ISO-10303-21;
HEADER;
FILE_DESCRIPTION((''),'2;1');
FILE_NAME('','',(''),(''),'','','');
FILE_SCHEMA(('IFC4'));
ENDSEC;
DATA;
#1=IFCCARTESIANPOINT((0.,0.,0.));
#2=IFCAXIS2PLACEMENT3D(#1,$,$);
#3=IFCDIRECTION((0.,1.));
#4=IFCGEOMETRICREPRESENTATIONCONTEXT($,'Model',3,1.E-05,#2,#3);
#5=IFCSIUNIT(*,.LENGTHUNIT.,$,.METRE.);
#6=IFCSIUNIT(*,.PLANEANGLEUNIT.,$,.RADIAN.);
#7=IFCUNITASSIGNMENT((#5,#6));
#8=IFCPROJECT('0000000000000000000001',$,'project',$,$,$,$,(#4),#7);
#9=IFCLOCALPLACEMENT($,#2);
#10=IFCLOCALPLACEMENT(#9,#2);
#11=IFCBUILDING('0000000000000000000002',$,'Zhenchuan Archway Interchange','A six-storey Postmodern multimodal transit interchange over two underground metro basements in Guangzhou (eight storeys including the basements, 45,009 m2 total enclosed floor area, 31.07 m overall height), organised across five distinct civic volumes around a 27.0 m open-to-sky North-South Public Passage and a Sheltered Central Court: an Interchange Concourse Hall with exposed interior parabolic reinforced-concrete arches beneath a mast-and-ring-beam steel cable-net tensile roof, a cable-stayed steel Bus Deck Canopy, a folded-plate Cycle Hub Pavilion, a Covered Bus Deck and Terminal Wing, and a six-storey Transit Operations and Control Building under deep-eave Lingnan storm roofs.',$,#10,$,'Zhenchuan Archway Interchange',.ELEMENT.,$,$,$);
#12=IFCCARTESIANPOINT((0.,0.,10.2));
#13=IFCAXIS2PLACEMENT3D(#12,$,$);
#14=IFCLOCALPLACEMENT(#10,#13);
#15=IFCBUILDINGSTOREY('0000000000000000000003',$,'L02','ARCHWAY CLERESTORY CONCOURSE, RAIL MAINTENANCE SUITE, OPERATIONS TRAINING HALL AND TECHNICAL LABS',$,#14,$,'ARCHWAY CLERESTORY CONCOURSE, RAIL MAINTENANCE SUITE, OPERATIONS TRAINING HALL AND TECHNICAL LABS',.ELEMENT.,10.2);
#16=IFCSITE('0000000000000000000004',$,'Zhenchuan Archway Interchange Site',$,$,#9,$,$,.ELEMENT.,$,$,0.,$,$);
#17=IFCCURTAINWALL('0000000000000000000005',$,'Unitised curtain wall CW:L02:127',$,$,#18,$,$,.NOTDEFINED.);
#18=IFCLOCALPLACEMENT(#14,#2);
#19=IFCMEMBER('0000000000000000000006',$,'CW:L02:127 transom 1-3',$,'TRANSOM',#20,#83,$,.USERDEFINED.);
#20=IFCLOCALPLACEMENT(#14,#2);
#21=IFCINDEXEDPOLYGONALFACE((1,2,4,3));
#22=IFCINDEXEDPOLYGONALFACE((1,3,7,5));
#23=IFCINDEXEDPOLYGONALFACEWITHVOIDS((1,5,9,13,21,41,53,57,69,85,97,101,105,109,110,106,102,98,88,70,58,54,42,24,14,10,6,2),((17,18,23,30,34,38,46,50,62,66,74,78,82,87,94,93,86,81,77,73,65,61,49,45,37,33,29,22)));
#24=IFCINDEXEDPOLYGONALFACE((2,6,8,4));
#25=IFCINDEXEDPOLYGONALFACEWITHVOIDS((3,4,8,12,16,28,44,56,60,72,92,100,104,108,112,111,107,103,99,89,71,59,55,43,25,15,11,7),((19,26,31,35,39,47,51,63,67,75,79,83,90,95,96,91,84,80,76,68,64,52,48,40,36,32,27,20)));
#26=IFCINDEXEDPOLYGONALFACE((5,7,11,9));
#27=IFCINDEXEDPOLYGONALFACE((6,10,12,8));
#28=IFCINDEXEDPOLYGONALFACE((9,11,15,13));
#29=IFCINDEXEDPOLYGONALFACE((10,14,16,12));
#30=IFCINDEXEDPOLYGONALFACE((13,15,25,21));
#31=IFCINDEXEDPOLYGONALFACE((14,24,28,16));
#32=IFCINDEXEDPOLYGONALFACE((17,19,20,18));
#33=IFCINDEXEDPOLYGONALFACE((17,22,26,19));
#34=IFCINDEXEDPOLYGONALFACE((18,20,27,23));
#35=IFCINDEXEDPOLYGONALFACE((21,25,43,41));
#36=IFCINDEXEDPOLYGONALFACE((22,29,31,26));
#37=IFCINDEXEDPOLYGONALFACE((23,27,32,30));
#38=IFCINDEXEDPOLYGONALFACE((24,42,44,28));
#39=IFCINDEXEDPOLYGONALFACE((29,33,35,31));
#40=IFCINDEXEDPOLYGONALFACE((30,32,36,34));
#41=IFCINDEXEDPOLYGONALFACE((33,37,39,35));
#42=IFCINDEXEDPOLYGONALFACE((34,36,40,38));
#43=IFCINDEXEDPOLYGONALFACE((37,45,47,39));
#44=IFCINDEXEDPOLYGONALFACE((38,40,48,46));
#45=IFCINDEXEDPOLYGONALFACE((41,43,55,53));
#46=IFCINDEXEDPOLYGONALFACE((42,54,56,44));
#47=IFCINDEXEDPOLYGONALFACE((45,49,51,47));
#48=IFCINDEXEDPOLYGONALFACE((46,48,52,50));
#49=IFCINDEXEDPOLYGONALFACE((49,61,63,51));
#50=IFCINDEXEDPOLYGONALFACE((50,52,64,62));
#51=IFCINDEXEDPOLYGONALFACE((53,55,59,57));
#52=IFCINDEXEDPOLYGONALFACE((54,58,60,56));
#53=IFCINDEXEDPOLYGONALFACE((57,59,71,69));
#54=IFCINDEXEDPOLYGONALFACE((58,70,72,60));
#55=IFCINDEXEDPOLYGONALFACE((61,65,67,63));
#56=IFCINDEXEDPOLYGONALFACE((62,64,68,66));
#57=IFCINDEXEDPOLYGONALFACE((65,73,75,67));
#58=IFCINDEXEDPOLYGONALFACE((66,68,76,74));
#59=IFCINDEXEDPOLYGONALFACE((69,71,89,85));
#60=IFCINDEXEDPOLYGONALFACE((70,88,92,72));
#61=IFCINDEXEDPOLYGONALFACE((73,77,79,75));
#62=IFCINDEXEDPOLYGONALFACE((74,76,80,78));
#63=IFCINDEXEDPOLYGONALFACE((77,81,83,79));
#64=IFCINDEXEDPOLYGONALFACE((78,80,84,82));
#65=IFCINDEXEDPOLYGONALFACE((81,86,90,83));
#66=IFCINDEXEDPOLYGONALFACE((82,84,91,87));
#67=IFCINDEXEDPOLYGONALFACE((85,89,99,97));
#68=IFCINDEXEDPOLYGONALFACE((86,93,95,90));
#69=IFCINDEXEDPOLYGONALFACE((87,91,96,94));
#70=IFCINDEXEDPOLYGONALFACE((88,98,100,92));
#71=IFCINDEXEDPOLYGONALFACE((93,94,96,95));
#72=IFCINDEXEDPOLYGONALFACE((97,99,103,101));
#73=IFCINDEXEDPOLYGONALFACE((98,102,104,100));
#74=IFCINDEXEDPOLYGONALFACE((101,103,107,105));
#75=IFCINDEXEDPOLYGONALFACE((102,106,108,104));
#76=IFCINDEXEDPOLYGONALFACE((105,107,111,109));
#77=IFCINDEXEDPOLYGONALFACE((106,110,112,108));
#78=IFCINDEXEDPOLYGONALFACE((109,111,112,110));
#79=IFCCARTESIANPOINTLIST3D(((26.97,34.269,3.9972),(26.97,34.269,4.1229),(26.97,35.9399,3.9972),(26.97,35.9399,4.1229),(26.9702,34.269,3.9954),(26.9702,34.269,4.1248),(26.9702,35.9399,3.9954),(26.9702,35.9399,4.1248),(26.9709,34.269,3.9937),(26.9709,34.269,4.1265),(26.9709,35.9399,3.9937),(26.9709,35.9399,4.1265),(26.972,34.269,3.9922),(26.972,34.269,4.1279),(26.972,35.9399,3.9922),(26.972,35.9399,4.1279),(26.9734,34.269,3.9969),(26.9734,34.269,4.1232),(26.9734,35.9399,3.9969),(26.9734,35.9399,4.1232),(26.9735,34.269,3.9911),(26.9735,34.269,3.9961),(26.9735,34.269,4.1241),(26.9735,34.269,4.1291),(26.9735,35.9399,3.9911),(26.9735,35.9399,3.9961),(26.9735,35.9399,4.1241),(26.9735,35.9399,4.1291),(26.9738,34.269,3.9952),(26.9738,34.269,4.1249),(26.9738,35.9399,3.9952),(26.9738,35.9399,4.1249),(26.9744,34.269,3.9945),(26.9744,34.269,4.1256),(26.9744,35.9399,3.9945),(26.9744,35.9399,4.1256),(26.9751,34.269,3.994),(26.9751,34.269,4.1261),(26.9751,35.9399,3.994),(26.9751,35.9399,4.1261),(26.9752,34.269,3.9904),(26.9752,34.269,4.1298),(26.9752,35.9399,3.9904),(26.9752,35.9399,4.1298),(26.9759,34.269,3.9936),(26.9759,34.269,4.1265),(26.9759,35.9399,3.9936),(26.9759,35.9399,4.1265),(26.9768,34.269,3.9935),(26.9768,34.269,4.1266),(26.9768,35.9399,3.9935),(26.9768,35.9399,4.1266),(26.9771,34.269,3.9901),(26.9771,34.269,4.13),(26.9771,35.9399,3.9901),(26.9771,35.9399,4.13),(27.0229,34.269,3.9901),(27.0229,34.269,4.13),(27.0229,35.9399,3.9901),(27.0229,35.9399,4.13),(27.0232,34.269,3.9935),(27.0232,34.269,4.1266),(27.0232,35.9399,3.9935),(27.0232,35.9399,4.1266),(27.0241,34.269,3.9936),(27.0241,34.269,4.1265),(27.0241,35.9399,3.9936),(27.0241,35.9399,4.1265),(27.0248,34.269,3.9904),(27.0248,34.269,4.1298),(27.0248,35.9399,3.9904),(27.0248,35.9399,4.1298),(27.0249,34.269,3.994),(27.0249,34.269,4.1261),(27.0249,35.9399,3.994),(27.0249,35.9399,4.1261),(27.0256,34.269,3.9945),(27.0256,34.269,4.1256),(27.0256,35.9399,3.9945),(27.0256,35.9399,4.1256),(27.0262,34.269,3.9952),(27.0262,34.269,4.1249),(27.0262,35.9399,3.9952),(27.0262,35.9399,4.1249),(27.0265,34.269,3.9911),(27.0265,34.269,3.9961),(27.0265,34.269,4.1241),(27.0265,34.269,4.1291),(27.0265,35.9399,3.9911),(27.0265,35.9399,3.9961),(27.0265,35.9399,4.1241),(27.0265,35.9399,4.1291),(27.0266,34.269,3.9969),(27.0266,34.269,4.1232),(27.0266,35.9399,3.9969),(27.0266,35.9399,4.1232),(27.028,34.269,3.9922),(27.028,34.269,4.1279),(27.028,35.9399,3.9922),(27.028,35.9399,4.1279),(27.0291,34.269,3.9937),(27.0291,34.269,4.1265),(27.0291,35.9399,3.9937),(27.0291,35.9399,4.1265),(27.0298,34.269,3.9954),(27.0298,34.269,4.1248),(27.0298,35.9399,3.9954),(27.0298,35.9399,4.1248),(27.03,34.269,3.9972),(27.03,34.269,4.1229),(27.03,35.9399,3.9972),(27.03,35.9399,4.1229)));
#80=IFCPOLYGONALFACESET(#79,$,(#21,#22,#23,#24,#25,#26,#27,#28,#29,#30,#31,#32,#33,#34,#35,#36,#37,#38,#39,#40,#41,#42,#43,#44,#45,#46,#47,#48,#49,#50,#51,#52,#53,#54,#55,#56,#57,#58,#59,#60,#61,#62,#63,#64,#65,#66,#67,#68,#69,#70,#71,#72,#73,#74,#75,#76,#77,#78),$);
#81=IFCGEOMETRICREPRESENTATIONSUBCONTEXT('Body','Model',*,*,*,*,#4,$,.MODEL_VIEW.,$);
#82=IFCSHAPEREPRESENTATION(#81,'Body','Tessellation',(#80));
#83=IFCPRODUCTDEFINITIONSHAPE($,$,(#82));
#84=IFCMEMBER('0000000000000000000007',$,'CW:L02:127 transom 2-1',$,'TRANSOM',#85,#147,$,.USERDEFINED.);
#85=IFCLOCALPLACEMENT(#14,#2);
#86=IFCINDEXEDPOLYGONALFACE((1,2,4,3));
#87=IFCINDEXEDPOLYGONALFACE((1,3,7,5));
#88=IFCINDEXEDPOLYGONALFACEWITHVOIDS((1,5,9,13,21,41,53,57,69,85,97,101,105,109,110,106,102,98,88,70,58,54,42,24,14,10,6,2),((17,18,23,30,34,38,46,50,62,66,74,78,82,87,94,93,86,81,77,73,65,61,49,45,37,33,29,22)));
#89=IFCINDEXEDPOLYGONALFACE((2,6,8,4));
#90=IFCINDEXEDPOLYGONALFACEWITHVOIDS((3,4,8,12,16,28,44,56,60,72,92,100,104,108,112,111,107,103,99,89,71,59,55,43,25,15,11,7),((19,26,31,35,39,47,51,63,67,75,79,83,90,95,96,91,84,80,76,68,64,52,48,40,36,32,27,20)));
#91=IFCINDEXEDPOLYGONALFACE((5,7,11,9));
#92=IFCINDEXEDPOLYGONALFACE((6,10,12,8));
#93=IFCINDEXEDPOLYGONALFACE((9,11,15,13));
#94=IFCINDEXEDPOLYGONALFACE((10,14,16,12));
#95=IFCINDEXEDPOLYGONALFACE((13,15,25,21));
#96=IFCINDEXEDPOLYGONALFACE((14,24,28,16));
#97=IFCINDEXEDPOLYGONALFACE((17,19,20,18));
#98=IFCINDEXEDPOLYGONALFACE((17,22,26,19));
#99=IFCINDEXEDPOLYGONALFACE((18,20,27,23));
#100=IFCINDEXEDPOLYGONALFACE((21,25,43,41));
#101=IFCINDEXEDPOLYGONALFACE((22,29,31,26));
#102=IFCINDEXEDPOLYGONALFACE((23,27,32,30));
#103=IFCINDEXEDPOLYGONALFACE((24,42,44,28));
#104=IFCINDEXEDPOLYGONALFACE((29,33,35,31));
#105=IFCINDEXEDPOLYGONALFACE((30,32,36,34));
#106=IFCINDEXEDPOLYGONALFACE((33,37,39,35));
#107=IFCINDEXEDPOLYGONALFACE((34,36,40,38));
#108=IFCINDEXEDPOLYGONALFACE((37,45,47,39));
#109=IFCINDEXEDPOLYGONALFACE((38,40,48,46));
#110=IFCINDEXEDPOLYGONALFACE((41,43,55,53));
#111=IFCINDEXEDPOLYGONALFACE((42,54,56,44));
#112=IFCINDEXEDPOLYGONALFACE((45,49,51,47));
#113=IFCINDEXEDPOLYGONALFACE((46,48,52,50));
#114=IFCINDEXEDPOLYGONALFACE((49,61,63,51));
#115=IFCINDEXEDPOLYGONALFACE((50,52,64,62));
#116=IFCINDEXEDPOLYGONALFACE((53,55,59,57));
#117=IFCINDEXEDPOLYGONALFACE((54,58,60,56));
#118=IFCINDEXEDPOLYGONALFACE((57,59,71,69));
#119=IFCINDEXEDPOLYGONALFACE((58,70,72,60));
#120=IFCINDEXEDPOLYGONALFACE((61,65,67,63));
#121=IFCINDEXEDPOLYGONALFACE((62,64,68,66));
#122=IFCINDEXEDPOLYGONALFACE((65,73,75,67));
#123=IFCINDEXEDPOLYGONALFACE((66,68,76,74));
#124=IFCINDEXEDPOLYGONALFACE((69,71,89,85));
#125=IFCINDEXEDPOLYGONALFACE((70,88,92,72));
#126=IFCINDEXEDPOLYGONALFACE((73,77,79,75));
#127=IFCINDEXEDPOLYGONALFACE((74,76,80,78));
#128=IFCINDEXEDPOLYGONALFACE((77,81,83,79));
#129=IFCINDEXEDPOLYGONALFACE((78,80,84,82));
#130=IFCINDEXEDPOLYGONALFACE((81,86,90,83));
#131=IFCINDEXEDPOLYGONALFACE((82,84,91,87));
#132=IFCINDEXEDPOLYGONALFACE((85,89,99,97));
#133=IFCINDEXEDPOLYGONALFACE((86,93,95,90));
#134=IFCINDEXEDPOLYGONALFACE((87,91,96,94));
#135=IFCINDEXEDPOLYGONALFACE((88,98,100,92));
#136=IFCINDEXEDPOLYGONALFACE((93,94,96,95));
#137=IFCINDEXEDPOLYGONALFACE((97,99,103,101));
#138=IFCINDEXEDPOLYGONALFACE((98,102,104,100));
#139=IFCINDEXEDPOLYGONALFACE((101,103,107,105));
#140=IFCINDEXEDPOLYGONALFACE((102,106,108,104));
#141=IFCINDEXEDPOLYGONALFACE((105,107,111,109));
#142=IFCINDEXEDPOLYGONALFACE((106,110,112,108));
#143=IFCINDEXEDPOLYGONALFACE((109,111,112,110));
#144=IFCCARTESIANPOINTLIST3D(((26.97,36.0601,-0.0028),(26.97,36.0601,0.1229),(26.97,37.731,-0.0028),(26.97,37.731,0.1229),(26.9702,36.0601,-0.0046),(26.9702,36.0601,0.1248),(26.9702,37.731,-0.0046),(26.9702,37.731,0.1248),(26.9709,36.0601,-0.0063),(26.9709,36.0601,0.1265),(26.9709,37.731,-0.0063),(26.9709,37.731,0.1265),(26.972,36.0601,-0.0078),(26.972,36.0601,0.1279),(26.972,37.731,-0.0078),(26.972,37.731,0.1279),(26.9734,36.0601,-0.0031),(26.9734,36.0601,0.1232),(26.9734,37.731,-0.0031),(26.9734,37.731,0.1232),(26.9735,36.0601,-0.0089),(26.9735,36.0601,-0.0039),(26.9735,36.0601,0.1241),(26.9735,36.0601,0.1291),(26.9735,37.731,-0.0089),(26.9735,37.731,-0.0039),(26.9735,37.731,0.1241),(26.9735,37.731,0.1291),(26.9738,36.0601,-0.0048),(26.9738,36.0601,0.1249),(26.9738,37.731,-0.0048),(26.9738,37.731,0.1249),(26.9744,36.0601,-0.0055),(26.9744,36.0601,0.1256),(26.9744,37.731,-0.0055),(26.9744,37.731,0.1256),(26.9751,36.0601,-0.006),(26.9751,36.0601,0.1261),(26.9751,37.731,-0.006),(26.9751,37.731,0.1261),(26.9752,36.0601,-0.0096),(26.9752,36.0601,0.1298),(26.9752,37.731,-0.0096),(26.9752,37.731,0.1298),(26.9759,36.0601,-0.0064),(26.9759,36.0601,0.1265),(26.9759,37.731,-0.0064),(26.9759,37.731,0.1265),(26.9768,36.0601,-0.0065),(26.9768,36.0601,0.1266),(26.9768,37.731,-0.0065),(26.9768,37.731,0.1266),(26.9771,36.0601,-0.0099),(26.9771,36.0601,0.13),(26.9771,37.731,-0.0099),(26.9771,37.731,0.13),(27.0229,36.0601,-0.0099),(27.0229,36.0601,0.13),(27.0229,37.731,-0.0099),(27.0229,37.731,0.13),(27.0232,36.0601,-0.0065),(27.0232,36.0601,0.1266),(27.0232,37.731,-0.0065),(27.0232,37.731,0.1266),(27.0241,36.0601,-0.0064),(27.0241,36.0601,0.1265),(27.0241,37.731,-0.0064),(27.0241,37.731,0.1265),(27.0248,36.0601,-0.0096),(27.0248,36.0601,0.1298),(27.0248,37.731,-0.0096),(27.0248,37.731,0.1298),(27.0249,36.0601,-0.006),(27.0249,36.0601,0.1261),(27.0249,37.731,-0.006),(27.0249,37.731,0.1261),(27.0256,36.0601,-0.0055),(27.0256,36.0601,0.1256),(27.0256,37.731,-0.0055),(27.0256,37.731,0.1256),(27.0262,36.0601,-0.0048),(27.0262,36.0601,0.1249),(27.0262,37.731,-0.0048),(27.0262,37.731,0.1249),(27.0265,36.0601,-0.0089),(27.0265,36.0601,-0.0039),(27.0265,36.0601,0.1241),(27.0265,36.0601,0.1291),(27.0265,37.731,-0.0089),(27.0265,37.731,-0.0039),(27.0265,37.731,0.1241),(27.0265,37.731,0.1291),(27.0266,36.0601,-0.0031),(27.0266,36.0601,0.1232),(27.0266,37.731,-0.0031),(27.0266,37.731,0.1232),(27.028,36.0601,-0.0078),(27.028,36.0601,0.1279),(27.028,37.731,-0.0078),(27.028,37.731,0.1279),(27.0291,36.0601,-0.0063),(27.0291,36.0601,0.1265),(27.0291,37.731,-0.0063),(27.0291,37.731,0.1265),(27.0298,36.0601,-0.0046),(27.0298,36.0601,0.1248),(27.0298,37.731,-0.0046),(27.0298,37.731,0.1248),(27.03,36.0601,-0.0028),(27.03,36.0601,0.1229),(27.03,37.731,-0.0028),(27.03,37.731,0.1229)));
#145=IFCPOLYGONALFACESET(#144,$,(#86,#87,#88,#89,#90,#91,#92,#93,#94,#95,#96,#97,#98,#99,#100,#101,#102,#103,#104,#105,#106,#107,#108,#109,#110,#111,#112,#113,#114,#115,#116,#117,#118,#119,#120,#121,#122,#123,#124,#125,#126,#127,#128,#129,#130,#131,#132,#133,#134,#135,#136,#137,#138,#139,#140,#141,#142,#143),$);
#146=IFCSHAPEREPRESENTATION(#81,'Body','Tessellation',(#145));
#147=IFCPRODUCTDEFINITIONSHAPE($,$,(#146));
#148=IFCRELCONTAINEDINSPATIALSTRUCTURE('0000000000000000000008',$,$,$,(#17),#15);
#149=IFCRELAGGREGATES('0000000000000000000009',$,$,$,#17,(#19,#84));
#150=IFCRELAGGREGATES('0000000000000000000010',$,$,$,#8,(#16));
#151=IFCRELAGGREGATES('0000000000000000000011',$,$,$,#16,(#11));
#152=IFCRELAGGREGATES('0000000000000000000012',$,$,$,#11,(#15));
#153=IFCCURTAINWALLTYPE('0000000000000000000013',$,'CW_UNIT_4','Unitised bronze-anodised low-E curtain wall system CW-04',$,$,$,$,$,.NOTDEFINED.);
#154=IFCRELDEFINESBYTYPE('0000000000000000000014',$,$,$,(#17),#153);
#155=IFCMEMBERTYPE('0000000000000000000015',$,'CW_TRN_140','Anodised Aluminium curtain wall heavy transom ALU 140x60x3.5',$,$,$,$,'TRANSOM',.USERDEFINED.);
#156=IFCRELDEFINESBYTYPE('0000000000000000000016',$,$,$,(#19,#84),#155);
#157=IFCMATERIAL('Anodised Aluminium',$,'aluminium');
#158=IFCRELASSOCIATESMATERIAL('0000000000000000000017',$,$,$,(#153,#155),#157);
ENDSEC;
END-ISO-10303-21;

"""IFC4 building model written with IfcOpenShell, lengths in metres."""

from ifc_helpers import new_model, si_unit, direction, frame, origin, origin_2d, place, context, subcontext, project, spatial, hollow_rectangle, extrude, material, material_profile, profile_set, type_object, element, aggregate, save


model = new_model("IFC4")

# Units and contexts
model_context = context("Model", 3, precision=1e-05, world=origin(), true_north=direction((0.0, 1.0)))
body_context = subcontext(model_context, "Body", "Model", "MODEL_VIEW")
ifc_project = project(units=[si_unit("LENGTHUNIT", "METRE"), si_unit("PLANEANGLEUNIT", "RADIAN")], contexts=[model_context])

# Site, building, storey
site_placement = place(None, origin())
site = spatial("IfcSite", under=ifc_project, at=site_placement, Name="Zhenchuan Archway Interchange Site", CompositionType="ELEMENT", RefElevation=0.0)
building_placement = place(site_placement, origin())
building = spatial("IfcBuilding", under=site, at=building_placement, Name="Zhenchuan Archway Interchange", Description="A six-storey Postmodern multimodal transit interchange over two underground metro basements in Guangzhou (eight storeys including the basements, 45,009 m2 total enclosed floor area, 31.07 m overall height), organised across five distinct civic volumes around a 27.0 m open-to-sky North-South Public Passage and a Sheltered Central Court: an Interchange Concourse Hall with exposed interior parabolic reinforced-concrete arches beneath a mast-and-ring-beam steel cable-net tensile roof, a cable-stayed steel Bus Deck Canopy, a folded-plate Cycle Hub Pavilion, a Covered Bus Deck and Terminal Wing, and a six-storey Transit Operations and Control Building under deep-eave Lingnan storm roofs.", LongName="Zhenchuan Archway Interchange", CompositionType="ELEMENT")
storey_placement = place(building_placement, frame((0.0, 0.0, 10.2)))
storey = spatial("IfcBuildingStorey", under=building, at=storey_placement, Name="L02", Description="ARCHWAY CLERESTORY CONCOURSE, RAIL MAINTENANCE SUITE, OPERATIONS TRAINING HALL AND TECHNICAL LABS", LongName="ARCHWAY CLERESTORY CONCOURSE, RAIL MAINTENANCE SUITE, OPERATIONS TRAINING HALL AND TECHNICAL LABS", CompositionType="ELEMENT", Elevation=10.2)

# Curtain wall, members
ifc_material_1 = material(Name="Anodised Aluminium", Category="aluminium")
curtain_wall_type = type_object("IfcCurtainWallType", Name="CW_UNIT_4", Description="Unitised bronze-anodised low-E curtain wall system CW-04", PredefinedType="NOTDEFINED", material=ifc_material_1)
curtain_wall_placement = place(storey_placement, origin())
curtain_wall = element("IfcCurtainWall", 1, at=curtain_wall_placement, inside=storey, type_object=curtain_wall_type, Name="Unitised curtain wall CW:L02:127", PredefinedType="NOTDEFINED")
ifc_material_profile_1 = material_profile(ifc_material_1, hollow_rectangle(XDim=0.0601, YDim=0.1399, WallThickness=0.0034, InnerFilletRadius=0.0034, OuterFilletRadius=0.0071, at=origin_2d()), Name="ALU 140x60x3.5")
ifc_profile_set_1 = profile_set([ifc_material_profile_1], Name="Anodised Aluminium")
member_type_1 = type_object("IfcMemberType", Name="CW_TRN_140", Description="Anodised Aluminium curtain wall heavy transom ALU 140x60x3.5", ElementType="TRANSOM", PredefinedType="USERDEFINED", material=ifc_profile_set_1)
member_1_placement = place(storey_placement, frame((27.0, 34.269, 4.0601), z_axis=(0.0, 1.0, 0.0), x_axis=(-1.0, 0.0, 0.0)))
member_1 = element("IfcMember", 2, at=member_1_placement, type_object=member_type_1, Name="CW:L02:127 transom 1-3", ObjectType="TRANSOM", PredefinedType="USERDEFINED", context=body_context, shape_type="SweptSolid", body=[
    extrude(hollow_rectangle(XDim=0.0601, YDim=0.1399, WallThickness=0.0034, InnerFilletRadius=0.0034, OuterFilletRadius=0.0071, at=origin_2d()), origin(), (0.0, 0.0, 1.0), 1.6709),
])
member_2_placement = place(storey_placement, frame((27.0, 36.0601, 0.0601), z_axis=(0.0, 1.0, 0.0), x_axis=(-1.0, 0.0, 0.0)))
member_2 = element("IfcMember", 3, at=member_2_placement, type_object=member_type_1, Name="CW:L02:127 transom 2-1", ObjectType="TRANSOM", PredefinedType="USERDEFINED", context=body_context, shape_type="SweptSolid", body=[
    extrude(hollow_rectangle(XDim=0.0601, YDim=0.1399, WallThickness=0.0034, InnerFilletRadius=0.0034, OuterFilletRadius=0.0071, at=origin_2d()), origin(), (0.0, 0.0, 1.0), 1.6709),
])

aggregate(curtain_wall, [member_1, member_2])

save(model, "model.ifc")
